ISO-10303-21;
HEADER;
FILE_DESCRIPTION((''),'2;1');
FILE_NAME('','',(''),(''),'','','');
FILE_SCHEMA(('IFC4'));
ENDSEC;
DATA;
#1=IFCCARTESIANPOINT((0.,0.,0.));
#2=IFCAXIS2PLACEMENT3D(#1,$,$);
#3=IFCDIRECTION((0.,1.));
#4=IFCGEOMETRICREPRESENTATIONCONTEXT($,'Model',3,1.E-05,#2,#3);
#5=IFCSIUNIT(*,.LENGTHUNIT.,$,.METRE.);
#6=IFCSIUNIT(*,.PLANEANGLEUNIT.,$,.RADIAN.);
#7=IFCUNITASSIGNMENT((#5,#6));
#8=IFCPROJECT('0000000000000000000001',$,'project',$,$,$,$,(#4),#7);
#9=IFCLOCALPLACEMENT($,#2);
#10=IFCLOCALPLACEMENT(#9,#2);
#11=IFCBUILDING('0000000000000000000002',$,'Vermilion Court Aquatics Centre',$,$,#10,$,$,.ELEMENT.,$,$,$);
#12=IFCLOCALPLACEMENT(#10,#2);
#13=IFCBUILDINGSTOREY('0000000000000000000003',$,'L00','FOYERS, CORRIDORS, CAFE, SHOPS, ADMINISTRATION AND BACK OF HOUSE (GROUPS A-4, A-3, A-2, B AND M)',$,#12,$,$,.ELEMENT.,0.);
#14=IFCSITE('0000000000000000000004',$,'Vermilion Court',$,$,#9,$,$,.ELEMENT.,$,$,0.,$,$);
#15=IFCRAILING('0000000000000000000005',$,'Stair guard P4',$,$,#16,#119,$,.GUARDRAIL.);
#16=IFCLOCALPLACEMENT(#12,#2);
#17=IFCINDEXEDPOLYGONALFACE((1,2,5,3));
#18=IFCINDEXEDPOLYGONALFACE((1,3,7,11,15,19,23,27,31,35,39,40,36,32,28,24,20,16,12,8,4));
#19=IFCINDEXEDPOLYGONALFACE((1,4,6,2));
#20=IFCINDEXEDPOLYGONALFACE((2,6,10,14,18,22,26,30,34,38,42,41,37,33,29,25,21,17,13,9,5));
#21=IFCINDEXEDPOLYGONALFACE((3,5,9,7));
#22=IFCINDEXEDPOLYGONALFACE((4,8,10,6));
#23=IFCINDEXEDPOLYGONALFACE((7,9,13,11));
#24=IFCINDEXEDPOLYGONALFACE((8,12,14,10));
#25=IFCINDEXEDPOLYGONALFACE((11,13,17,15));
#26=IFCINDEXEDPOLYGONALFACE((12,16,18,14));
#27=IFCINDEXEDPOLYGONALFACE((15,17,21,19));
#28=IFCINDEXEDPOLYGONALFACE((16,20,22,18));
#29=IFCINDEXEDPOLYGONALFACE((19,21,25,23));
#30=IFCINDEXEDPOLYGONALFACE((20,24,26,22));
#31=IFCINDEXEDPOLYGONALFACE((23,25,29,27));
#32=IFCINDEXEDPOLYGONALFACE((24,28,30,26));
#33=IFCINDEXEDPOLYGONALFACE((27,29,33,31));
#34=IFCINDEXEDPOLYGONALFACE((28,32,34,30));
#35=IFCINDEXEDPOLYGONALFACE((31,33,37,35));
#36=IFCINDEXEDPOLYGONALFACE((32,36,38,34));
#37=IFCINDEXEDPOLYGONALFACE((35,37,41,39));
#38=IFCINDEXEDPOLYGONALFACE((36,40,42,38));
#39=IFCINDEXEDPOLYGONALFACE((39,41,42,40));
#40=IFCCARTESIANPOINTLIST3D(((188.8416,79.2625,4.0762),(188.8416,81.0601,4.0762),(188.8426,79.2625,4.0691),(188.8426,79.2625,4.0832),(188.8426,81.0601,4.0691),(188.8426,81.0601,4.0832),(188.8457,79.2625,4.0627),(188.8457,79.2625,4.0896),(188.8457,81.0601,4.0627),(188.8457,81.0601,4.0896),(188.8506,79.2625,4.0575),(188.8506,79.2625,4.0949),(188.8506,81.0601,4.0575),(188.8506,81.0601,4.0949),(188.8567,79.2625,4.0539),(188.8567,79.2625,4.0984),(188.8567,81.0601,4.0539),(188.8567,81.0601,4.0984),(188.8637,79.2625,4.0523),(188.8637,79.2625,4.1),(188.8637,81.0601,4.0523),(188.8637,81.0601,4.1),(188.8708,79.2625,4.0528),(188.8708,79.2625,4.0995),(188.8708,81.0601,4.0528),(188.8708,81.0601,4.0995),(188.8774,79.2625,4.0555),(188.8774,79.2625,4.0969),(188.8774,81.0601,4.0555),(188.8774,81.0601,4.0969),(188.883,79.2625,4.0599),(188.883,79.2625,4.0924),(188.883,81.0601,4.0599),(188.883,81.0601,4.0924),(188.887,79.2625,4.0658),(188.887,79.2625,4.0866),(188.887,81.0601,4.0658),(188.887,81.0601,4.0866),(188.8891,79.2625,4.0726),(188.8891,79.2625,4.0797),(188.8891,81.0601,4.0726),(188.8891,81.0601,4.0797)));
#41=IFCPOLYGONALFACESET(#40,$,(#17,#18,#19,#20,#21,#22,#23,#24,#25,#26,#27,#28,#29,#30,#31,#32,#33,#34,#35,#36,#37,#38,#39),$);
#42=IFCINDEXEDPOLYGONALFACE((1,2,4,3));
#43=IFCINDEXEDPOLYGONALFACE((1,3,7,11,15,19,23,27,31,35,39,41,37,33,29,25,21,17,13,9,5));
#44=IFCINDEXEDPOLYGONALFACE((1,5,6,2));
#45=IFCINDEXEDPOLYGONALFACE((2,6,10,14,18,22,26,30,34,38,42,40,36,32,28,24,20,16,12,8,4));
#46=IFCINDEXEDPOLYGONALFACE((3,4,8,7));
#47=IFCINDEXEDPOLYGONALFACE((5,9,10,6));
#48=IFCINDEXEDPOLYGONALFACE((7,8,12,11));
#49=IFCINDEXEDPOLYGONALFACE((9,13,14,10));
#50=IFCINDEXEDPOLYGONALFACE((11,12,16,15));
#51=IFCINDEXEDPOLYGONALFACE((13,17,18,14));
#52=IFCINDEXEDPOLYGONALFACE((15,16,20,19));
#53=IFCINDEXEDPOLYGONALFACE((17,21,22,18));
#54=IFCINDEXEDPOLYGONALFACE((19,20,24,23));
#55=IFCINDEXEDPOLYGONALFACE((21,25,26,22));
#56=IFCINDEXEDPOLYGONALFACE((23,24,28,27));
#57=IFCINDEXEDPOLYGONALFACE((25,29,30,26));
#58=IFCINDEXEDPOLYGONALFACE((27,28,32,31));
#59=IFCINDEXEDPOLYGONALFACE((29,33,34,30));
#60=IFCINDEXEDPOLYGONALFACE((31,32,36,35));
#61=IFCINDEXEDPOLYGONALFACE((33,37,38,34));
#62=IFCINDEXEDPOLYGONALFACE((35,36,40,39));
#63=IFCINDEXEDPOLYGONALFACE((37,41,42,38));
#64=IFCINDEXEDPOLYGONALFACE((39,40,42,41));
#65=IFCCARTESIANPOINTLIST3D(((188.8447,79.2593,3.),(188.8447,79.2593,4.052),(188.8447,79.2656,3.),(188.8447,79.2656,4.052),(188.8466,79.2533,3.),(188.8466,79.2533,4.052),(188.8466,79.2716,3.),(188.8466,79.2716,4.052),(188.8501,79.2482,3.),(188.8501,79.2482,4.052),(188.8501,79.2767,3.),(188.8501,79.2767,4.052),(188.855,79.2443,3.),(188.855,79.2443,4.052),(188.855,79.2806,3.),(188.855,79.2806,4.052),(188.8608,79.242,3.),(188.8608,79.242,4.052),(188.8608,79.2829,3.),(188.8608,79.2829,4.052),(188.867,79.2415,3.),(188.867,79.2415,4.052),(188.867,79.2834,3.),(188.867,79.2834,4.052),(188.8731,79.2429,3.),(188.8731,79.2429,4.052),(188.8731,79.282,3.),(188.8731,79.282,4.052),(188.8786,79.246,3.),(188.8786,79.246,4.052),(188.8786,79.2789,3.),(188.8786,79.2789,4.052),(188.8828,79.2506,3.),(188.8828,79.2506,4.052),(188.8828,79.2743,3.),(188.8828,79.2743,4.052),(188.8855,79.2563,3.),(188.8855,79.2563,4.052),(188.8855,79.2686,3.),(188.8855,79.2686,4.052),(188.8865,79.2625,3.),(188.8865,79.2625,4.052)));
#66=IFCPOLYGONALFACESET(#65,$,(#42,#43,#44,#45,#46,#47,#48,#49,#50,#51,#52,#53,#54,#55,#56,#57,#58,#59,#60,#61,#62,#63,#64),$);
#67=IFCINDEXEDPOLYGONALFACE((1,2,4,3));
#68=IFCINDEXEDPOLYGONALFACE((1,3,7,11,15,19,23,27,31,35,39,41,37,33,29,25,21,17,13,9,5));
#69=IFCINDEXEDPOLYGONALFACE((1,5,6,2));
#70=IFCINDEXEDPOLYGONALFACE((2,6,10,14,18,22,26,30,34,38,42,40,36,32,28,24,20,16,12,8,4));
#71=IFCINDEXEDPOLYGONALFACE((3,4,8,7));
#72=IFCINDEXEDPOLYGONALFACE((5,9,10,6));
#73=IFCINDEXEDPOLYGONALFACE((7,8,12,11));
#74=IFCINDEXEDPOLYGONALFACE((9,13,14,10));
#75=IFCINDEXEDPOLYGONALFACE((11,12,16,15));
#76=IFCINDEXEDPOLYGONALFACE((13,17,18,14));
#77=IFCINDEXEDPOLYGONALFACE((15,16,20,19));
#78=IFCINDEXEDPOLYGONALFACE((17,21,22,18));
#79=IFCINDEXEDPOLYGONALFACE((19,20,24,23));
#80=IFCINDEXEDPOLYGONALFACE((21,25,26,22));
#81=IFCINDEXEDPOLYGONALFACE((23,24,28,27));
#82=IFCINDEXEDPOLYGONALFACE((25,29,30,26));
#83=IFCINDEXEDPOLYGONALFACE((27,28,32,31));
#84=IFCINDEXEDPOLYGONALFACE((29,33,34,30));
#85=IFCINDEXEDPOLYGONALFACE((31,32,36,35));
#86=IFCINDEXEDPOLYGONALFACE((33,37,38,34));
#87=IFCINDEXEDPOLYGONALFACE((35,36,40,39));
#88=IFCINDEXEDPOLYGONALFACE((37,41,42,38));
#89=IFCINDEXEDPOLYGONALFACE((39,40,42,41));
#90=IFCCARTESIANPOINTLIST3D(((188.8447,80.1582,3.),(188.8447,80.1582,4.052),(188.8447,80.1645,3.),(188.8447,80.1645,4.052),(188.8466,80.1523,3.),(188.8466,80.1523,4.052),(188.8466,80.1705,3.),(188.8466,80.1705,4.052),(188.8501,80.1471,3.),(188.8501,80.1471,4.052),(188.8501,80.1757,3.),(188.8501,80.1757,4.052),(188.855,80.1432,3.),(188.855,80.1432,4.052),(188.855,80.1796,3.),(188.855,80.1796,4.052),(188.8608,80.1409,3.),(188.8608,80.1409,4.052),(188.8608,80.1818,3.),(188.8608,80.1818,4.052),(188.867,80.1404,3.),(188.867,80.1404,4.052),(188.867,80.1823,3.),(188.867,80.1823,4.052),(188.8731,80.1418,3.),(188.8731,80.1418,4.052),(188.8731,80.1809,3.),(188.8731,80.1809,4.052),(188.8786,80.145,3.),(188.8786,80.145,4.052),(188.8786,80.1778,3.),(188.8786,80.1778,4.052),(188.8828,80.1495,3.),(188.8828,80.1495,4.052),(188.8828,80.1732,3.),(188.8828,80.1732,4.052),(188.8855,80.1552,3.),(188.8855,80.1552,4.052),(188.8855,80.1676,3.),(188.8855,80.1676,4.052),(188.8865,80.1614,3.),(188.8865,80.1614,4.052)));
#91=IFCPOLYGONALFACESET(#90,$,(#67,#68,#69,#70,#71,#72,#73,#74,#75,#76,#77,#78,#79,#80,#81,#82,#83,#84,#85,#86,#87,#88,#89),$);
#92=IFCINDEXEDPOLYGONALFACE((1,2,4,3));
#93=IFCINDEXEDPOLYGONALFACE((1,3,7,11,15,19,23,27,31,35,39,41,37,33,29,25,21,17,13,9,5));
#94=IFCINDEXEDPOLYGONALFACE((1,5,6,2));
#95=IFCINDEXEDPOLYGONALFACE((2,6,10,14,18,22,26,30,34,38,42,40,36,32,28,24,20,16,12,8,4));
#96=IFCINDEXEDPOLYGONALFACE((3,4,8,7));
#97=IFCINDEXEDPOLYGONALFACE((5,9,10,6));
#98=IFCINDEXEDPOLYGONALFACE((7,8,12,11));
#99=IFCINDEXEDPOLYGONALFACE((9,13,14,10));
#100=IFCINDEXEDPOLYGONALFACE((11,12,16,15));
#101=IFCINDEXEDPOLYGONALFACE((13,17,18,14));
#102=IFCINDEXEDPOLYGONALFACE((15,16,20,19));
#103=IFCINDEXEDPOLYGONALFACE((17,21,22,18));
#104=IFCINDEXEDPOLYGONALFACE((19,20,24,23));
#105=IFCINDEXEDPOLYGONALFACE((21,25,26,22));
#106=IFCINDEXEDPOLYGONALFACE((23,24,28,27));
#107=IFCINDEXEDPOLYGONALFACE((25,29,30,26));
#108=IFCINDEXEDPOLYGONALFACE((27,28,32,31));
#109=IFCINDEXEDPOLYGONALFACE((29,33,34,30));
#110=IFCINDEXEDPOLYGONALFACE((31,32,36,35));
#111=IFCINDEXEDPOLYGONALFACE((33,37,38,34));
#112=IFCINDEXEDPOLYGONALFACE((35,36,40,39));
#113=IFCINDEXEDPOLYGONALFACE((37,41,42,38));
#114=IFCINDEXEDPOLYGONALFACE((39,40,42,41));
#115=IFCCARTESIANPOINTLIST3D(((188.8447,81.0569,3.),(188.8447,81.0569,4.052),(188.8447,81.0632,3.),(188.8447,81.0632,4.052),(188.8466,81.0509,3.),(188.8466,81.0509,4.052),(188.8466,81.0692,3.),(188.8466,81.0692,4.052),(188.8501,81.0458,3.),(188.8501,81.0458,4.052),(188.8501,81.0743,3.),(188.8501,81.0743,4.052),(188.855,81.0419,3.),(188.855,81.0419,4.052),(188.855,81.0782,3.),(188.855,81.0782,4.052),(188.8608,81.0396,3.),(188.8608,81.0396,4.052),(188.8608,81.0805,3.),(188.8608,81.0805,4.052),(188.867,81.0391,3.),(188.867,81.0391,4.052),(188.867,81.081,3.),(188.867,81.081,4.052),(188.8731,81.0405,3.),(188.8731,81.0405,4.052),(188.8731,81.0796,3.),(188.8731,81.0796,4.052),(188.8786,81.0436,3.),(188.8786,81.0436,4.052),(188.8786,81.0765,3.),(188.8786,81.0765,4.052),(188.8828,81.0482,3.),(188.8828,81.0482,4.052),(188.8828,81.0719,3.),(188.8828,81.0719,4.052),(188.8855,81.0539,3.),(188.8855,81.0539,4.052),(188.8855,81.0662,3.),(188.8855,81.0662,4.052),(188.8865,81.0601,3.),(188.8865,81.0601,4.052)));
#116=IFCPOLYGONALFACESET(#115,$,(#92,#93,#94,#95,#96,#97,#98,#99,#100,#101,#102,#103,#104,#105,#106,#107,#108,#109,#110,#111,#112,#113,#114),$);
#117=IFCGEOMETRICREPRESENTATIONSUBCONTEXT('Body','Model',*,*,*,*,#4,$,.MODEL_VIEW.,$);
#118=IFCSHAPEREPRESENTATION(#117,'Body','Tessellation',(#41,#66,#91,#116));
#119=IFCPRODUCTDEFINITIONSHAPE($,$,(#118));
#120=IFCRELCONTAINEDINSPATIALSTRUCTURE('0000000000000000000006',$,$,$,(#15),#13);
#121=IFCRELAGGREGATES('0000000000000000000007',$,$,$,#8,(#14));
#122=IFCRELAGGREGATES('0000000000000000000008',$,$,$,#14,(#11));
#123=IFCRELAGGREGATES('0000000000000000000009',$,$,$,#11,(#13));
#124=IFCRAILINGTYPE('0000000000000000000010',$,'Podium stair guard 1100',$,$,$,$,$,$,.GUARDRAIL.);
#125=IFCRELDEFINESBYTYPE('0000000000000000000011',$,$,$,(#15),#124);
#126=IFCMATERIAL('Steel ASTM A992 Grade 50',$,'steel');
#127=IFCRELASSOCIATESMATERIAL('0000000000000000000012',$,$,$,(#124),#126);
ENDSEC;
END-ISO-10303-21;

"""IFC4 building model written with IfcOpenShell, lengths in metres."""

from ifc_helpers import new_model, si_unit, direction, frame, origin, origin_2d, place, context, subcontext, project, spatial, circle, extrude, material, type_object, element, save


model = new_model("IFC4")

# Units and contexts
model_context = context("Model", 3, precision=1e-05, world=origin(), true_north=direction((0.0, 1.0)))
body_context = subcontext(model_context, "Body", "Model", "MODEL_VIEW")
ifc_project = project(units=[si_unit("LENGTHUNIT", "METRE"), si_unit("PLANEANGLEUNIT", "RADIAN")], contexts=[model_context])

# Site, building, storey
site_placement = place(None, origin())
site = spatial("IfcSite", under=ifc_project, at=site_placement, Name="Vermilion Court", CompositionType="ELEMENT", RefElevation=0.0)
building_placement = place(site_placement, origin())
building = spatial("IfcBuilding", under=site, at=building_placement, Name="Vermilion Court Aquatics Centre", CompositionType="ELEMENT")
storey_placement = place(building_placement, origin())
storey = spatial("IfcBuildingStorey", under=building, at=storey_placement, Name="L00", Description="FOYERS, CORRIDORS, CAFE, SHOPS, ADMINISTRATION AND BACK OF HOUSE (GROUPS A-4, A-3, A-2, B AND M)", CompositionType="ELEMENT", Elevation=0.0)

# Railing
ifc_material_1 = material(Name="Steel ASTM A992 Grade 50", Category="steel")
railing_type_1 = type_object("IfcRailingType", Name="Podium stair guard 1100", PredefinedType="GUARDRAIL", material=ifc_material_1)
railing_1_placement = place(storey_placement, frame((188.8655, 79.2625, 3.0)))
element("IfcRailing", 1, at=railing_1_placement, inside=storey, type_object=railing_type_1, Name="Stair guard P4", PredefinedType="GUARDRAIL", context=body_context, shape_type="SweptSolid", body=[
    extrude(circle(Radius=0.0239, at=origin_2d()), frame((0.0, 0.0, 1.0762), z_axis=(0.0, 1.0, 0.0), x_axis=(-1.0, 0.0, 0.0)), (0.0, 0.0, 1.0), 1.7976),
    extrude(circle(Radius=0.021, at=origin_2d()), origin(), (0.0, 0.0, 1.0), 1.052),
    extrude(circle(Radius=0.021, at=origin_2d()), frame((0.0, 0.8989, 0.0)), (0.0, 0.0, 1.0), 1.052),
    extrude(circle(Radius=0.021, at=origin_2d()), frame((0.0, 1.7976, 0.0)), (0.0, 0.0, 1.0), 1.052),
])

save(model, "model.ifc")
